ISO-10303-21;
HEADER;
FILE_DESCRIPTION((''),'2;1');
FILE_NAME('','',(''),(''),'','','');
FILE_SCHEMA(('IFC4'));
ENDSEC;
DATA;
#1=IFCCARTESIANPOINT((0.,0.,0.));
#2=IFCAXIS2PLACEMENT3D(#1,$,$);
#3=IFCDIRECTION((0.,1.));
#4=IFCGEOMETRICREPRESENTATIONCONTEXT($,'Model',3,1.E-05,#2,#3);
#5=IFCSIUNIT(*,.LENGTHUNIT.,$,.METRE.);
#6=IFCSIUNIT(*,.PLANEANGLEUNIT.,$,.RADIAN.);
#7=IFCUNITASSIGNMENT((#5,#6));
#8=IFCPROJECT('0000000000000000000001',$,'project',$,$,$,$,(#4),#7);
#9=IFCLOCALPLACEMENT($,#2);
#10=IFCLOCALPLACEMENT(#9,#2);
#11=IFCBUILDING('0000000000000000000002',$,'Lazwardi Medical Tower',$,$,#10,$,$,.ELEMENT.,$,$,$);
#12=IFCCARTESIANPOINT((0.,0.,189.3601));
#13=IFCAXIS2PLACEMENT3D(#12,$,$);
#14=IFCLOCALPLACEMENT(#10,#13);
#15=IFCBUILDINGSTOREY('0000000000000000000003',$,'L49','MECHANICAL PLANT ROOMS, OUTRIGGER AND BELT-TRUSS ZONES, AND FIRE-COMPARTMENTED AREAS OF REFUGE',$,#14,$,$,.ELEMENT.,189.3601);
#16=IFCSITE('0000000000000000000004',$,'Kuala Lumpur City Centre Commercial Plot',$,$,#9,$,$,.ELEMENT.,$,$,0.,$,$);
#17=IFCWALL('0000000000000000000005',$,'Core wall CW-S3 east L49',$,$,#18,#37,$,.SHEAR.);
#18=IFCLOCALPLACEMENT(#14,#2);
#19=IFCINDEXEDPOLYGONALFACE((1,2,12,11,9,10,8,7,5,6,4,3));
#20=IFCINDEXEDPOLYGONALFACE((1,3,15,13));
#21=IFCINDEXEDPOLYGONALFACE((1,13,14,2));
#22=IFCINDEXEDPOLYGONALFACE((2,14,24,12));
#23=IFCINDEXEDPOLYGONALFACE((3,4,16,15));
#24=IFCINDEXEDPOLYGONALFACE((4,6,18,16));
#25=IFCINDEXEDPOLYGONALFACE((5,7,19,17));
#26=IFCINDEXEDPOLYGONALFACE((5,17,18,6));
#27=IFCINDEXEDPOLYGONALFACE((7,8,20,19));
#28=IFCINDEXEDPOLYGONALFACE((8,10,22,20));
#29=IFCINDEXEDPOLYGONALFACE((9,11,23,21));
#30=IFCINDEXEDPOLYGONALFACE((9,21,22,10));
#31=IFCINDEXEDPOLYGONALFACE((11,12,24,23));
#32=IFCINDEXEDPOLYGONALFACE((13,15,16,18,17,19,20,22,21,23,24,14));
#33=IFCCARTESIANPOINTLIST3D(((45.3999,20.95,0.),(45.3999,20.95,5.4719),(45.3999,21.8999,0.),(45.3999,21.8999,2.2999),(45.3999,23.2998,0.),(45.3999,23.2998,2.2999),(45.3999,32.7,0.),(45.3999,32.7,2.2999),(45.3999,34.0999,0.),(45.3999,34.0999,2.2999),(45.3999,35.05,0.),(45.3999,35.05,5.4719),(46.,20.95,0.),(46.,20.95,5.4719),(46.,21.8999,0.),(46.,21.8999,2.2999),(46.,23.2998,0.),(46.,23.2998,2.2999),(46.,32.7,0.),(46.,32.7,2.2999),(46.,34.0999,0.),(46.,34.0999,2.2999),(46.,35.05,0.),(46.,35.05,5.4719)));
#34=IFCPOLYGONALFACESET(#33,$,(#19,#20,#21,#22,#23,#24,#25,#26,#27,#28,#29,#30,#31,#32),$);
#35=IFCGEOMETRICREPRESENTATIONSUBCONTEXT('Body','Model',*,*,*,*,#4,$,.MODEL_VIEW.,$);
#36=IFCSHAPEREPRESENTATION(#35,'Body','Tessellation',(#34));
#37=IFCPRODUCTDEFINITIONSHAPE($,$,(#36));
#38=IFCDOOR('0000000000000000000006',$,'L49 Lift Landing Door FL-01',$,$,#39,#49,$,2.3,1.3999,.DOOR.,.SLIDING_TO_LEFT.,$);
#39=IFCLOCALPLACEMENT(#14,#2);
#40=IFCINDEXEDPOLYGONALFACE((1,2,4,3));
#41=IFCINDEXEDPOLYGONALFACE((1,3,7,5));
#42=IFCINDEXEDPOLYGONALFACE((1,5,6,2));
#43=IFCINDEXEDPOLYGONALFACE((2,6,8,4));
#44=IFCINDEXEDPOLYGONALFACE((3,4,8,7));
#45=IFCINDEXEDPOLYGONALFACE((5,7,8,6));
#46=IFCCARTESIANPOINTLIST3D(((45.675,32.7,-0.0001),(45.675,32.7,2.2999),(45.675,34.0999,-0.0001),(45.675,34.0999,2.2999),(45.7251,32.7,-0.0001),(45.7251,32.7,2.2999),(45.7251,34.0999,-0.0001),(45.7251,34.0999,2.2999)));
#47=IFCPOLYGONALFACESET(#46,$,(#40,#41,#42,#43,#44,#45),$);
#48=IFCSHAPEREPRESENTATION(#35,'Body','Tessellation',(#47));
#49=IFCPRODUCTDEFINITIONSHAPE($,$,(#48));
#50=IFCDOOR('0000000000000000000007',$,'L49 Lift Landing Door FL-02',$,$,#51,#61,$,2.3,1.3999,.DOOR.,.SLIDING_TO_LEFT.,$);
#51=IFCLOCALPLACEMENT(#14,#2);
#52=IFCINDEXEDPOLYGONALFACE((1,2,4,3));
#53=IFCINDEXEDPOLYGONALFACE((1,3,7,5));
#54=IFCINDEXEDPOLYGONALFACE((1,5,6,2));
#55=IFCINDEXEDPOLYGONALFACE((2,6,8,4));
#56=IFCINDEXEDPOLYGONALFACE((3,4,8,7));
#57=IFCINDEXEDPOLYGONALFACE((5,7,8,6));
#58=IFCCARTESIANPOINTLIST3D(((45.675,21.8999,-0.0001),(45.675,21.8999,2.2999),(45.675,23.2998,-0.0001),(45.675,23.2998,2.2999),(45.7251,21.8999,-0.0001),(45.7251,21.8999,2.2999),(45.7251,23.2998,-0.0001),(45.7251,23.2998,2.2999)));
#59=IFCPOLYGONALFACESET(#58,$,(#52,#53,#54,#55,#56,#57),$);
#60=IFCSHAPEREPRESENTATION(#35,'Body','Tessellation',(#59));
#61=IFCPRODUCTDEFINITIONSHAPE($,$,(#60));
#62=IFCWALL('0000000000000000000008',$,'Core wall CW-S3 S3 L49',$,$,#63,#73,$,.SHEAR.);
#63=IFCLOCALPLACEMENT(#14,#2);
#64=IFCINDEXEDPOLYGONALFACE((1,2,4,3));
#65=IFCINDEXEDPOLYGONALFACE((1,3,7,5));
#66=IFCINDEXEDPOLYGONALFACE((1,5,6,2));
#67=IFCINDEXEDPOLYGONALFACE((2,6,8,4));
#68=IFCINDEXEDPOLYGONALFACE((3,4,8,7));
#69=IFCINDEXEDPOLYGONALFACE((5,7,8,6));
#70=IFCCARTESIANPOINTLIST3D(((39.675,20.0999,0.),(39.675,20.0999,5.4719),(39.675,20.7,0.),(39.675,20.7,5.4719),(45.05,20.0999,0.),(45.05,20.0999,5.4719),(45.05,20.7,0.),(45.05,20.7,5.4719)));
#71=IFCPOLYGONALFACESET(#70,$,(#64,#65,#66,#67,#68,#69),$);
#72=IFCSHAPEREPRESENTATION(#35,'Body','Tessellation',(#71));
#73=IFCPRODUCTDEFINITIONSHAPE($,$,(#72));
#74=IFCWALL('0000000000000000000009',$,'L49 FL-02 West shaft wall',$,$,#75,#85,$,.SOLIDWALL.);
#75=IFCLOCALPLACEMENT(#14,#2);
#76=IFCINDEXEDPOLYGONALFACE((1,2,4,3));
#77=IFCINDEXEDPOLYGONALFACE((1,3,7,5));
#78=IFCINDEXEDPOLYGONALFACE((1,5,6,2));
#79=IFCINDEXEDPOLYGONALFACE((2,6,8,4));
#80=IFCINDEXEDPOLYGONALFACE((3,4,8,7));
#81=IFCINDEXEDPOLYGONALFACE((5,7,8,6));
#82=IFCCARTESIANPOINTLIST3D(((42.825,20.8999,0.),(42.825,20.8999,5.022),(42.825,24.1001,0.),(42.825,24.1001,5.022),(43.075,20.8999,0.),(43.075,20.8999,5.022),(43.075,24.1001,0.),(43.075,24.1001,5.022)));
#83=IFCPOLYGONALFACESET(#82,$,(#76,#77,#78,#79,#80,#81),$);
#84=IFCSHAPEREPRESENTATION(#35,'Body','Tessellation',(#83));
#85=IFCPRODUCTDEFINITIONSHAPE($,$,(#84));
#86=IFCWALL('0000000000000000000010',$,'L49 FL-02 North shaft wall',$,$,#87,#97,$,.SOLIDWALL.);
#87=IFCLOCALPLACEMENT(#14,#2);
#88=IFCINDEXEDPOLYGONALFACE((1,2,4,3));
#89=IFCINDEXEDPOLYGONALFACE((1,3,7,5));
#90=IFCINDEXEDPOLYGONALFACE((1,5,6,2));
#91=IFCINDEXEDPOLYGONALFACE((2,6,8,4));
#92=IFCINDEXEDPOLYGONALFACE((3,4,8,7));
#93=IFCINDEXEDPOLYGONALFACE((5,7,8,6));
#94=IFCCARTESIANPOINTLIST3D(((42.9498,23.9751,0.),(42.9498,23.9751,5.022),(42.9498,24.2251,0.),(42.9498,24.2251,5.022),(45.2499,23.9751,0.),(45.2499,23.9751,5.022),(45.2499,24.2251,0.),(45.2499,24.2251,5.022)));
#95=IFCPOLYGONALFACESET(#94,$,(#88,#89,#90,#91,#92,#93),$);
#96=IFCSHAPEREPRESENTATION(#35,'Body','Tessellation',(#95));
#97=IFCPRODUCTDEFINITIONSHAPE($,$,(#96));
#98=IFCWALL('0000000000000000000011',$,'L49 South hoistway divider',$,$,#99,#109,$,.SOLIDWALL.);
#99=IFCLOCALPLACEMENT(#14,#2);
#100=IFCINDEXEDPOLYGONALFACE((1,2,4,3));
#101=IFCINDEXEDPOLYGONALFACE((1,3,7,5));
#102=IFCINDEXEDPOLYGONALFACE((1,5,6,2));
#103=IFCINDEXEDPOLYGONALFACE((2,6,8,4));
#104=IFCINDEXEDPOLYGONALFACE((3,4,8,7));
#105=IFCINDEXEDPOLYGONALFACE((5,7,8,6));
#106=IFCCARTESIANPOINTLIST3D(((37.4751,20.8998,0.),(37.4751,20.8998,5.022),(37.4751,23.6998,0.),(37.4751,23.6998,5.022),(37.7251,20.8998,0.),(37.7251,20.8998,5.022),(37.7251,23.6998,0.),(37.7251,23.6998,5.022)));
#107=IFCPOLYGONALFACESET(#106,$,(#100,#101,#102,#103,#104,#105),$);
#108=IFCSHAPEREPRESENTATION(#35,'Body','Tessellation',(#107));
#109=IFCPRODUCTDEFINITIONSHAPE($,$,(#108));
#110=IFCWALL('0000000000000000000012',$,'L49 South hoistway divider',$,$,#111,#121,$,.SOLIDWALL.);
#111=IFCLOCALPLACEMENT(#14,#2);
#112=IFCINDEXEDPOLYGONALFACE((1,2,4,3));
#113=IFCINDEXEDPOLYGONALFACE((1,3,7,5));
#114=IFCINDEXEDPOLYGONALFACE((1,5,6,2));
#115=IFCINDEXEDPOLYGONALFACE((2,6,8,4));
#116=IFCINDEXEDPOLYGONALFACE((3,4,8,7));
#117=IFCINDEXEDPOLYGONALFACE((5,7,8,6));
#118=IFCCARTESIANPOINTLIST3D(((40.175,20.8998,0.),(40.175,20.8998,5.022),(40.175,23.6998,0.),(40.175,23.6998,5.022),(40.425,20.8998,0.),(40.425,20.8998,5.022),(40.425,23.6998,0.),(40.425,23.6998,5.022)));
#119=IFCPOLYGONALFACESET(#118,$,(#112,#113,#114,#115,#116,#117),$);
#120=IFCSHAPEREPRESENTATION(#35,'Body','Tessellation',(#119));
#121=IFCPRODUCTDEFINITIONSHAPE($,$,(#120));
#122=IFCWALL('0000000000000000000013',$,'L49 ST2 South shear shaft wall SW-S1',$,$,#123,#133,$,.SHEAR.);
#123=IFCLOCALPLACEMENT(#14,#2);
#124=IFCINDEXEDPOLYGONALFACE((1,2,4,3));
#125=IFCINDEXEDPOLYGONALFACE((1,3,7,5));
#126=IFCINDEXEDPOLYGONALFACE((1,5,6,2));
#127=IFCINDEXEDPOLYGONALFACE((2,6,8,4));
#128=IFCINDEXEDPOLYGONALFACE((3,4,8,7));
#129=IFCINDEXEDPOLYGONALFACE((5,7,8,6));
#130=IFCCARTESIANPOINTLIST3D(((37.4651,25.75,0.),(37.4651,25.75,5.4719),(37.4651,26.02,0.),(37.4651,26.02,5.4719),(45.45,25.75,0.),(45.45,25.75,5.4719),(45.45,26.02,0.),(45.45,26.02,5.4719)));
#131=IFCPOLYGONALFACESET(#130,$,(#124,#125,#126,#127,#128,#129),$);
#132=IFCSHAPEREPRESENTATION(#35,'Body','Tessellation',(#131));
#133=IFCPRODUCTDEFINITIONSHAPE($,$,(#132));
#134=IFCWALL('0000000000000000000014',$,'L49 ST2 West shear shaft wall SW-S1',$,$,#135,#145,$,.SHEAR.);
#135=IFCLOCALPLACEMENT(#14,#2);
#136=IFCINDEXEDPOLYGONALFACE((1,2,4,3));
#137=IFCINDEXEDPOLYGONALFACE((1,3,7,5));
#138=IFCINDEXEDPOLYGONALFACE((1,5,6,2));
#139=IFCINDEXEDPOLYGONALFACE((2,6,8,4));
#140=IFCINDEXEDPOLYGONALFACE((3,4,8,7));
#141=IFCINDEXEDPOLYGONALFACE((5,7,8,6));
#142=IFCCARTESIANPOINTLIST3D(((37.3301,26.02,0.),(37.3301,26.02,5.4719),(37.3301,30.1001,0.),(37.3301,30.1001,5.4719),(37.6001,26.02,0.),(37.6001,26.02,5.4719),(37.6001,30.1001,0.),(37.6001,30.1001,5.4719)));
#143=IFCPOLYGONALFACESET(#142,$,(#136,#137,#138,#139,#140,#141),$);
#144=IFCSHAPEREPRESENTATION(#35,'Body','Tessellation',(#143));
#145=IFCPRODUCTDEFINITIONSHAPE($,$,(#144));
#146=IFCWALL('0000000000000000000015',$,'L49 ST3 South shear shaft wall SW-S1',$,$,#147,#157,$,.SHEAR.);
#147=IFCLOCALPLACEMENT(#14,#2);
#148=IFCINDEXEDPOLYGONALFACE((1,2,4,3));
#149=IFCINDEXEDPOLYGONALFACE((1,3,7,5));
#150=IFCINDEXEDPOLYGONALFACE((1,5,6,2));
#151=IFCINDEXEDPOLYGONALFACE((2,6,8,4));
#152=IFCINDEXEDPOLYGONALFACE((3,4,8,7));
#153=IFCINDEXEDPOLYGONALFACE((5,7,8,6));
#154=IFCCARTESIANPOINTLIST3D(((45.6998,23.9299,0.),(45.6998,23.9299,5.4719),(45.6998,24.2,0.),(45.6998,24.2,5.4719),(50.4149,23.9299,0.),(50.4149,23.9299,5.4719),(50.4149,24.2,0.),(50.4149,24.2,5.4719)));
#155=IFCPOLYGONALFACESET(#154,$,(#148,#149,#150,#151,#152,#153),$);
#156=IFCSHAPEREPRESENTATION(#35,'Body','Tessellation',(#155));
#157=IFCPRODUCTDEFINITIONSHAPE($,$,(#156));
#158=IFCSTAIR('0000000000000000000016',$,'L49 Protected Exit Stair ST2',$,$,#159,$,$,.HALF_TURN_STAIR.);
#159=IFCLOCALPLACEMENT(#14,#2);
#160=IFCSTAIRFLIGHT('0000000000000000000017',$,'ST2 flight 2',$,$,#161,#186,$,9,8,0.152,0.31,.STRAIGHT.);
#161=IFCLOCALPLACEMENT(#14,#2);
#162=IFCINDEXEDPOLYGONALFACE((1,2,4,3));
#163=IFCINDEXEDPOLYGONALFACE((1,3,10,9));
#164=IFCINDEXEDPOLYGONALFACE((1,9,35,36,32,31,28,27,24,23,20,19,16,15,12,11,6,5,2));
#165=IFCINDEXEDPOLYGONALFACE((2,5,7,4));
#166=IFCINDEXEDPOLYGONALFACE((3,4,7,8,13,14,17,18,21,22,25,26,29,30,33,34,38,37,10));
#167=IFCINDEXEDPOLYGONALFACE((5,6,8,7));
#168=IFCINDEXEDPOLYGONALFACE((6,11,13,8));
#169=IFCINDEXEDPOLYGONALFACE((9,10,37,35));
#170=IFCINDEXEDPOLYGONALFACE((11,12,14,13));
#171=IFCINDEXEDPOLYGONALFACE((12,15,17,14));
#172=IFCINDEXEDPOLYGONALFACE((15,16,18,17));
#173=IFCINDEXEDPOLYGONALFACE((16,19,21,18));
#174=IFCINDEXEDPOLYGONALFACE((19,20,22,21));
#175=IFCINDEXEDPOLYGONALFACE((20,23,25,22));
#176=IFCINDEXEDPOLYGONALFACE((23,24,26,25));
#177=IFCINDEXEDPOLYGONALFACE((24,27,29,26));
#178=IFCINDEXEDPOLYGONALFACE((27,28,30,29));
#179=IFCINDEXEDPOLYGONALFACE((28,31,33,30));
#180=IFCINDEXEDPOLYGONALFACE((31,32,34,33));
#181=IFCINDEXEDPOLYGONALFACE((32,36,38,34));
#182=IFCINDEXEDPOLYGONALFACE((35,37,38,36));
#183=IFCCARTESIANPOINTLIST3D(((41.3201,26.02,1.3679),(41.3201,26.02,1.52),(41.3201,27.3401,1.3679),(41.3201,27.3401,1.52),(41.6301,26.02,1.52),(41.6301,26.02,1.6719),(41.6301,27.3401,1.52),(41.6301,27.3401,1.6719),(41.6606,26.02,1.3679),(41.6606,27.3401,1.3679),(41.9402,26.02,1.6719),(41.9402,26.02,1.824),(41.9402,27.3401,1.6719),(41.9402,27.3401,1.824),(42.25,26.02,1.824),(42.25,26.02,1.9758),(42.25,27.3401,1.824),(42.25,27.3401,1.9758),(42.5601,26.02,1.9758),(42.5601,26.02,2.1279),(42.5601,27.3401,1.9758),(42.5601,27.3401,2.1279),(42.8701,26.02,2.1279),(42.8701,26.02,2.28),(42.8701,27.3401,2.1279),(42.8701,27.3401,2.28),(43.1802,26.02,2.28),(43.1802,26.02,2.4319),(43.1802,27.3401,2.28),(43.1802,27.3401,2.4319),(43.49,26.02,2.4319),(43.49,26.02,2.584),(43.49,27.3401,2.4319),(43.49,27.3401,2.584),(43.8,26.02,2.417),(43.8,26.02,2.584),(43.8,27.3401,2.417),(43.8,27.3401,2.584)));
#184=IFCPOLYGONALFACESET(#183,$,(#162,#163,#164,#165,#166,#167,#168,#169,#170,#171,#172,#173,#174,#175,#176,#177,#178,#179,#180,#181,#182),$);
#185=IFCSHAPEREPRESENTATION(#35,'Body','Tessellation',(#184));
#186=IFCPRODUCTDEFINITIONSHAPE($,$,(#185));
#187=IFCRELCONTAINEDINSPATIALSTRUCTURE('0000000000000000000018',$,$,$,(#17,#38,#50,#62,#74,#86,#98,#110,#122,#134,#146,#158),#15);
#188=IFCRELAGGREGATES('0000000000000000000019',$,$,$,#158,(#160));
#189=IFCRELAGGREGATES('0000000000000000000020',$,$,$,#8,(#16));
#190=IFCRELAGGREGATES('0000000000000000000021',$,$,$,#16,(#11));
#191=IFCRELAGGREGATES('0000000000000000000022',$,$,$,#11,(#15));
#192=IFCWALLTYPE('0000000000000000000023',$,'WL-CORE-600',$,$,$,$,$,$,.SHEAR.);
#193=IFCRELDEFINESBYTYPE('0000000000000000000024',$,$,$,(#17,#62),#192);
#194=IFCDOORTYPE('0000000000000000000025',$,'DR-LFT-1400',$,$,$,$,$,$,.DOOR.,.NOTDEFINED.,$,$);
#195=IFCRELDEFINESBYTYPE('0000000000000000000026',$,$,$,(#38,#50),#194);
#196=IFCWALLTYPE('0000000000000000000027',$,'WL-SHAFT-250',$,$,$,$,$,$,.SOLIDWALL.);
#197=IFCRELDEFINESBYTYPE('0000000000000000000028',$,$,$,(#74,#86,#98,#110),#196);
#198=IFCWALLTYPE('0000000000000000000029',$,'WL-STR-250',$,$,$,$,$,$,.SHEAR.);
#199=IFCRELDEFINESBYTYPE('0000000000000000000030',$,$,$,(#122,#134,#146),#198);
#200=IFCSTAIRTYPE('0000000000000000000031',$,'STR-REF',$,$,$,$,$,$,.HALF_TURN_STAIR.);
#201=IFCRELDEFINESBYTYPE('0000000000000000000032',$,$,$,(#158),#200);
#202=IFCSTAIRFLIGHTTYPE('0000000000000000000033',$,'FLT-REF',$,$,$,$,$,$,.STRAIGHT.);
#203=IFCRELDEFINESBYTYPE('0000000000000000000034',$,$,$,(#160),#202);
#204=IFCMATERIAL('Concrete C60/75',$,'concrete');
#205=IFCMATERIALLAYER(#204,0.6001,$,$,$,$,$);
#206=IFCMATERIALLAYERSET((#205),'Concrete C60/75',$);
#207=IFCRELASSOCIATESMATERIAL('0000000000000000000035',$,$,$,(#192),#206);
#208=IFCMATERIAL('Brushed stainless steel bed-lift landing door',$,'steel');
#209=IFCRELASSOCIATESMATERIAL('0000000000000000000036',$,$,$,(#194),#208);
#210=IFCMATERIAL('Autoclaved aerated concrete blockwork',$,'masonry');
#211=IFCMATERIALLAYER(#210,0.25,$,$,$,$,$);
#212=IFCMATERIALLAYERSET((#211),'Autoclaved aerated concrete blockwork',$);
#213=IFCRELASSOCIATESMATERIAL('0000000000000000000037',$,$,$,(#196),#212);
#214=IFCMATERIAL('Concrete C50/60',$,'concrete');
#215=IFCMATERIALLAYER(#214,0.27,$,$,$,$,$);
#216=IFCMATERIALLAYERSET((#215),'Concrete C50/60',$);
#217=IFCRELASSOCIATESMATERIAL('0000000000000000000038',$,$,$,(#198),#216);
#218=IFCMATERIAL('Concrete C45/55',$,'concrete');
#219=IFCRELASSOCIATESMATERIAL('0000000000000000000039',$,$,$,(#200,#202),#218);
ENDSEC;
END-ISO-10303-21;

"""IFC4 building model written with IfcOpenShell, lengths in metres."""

from ifc_helpers import new_model, si_unit, direction, frame, frame_2d, origin, place, context, subcontext, project, spatial, polyline, rectangle, outline, extrude, material, layer, layer_set, type_object, element, fill, aggregate, save


model = new_model("IFC4")

# Units and contexts
model_context = context("Model", 3, precision=1e-05, world=origin(), true_north=direction((0.0, 1.0)))
body_context = subcontext(model_context, "Body", "Model", "MODEL_VIEW")
ifc_project = project(units=[si_unit("LENGTHUNIT", "METRE"), si_unit("PLANEANGLEUNIT", "RADIAN")], contexts=[model_context])

# Site, building, storey
site_placement = place(None, origin())
site = spatial("IfcSite", under=ifc_project, at=site_placement, Name="Kuala Lumpur City Centre Commercial Plot", CompositionType="ELEMENT", RefElevation=0.0)
building_placement = place(site_placement, origin())
building = spatial("IfcBuilding", under=site, at=building_placement, Name="Lazwardi Medical Tower", CompositionType="ELEMENT")
storey_placement = place(building_placement, frame((0.0, 0.0, 189.3601)))
storey = spatial("IfcBuildingStorey", under=building, at=storey_placement, Name="L49", Description="MECHANICAL PLANT ROOMS, OUTRIGGER AND BELT-TRUSS ZONES, AND FIRE-COMPARTMENTED AREAS OF REFUGE", CompositionType="ELEMENT", Elevation=189.3601)

# Wall, openings, doors
ifc_material_1 = material(Name="Concrete C60/75", Category="concrete")
ifc_layer_1 = layer(ifc_material_1, 0.6001)
ifc_layer_set_1 = layer_set([ifc_layer_1], Name="Concrete C60/75")
wall_type_1 = type_object("IfcWallType", Name="WL-CORE-600", PredefinedType="SHEAR", material=ifc_layer_set_1)
wall_1_placement = place(storey_placement, frame((45.7, 20.95, 0.0), z_axis=(0.0, 0.0, 1.0), x_axis=(0.0, 1.0, 0.0)))
wall_1 = element("IfcWall", 1, at=wall_1_placement, inside=storey, type_object=wall_type_1, Name="Core wall CW-S3 east L49", PredefinedType="SHEAR", context=body_context, shape_type="SweptSolid", body=[
    extrude(rectangle(XDim=14.1001, YDim=0.6001, at=frame_2d((7.05, 0.0))), origin(), (0.0, 0.0, 1.0), 5.4719),
])
opening_1_placement = place(wall_1_placement, frame((11.75, 0.0, 0.0)))
opening_1 = element("IfcOpeningElement", 2, at=opening_1_placement, cuts=wall_1, PredefinedType="OPENING", context=body_context, shape_type="SweptSolid", body=[
    extrude(rectangle(XDim=1.3999, YDim=2.3, at=frame_2d((0.7, 1.1499))), frame((0.0, 0.3101, 0.0), z_axis=(0.0, -1.0, 0.0), x_axis=(1.0, 0.0, 0.0)), (0.0, 0.0, 1.0), 0.6201),
])
opening_2_placement = place(wall_1_placement, frame((0.95, 0.0, 0.0)))
opening_2 = element("IfcOpeningElement", 3, at=opening_2_placement, cuts=wall_1, PredefinedType="OPENING", context=body_context, shape_type="SweptSolid", body=[
    extrude(rectangle(XDim=1.3999, YDim=2.3, at=frame_2d((0.7, 1.1499))), frame((0.0, 0.3101, 0.0), z_axis=(0.0, -1.0, 0.0), x_axis=(1.0, 0.0, 0.0)), (0.0, 0.0, 1.0), 0.6201),
])
ifc_material_2 = material(Name="Brushed stainless steel bed-lift landing door", Category="steel")
door_type = type_object("IfcDoorType", Name="DR-LFT-1400", OperationType="NOTDEFINED", PredefinedType="DOOR", material=ifc_material_2)
door_1_placement = place(opening_1_placement, origin())
door_1 = element("IfcDoor", 4, at=door_1_placement, inside=storey, type_object=door_type, Name="L49 Lift Landing Door FL-01", OperationType="SLIDING_TO_LEFT", OverallHeight=2.3, OverallWidth=1.3999, PredefinedType="DOOR", context=body_context, shape_type="SweptSolid", body=[
    extrude(rectangle(XDim=1.3999, YDim=2.3, at=frame_2d((0.7, 1.1499))), frame((0.0, 0.0249, 0.0), z_axis=(0.0, -1.0, 0.0), x_axis=(1.0, 0.0, 0.0)), (0.0, 0.0, 1.0), 0.05),
])
fill(opening_1, door_1)
door_2_placement = place(opening_2_placement, origin())
door_2 = element("IfcDoor", 5, at=door_2_placement, inside=storey, type_object=door_type, Name="L49 Lift Landing Door FL-02", OperationType="SLIDING_TO_LEFT", OverallHeight=2.3, OverallWidth=1.3999, PredefinedType="DOOR", context=body_context, shape_type="SweptSolid", body=[
    extrude(rectangle(XDim=1.3999, YDim=2.3, at=frame_2d((0.7, 1.1499))), frame((0.0, 0.0249, 0.0), z_axis=(0.0, -1.0, 0.0), x_axis=(1.0, 0.0, 0.0)), (0.0, 0.0, 1.0), 0.05),
])
fill(opening_2, door_2)

# Walls
wall_2_placement = place(storey_placement, frame((39.675, 20.3999, 0.0), z_axis=(0.0, 0.0, 1.0), x_axis=(1.0, 0.0, 0.0)))
element("IfcWall", 6, at=wall_2_placement, inside=storey, type_object=wall_type_1, Name="Core wall CW-S3 S3 L49", PredefinedType="SHEAR", context=body_context, shape_type="SweptSolid", body=[
    extrude(rectangle(XDim=5.375, YDim=0.6001, at=frame_2d((2.6875, 0.0))), origin(), (0.0, 0.0, 1.0), 5.4719),
])
ifc_material_3 = material(Name="Autoclaved aerated concrete blockwork", Category="masonry")
ifc_layer_2 = layer(ifc_material_3, 0.25)
ifc_layer_set_2 = layer_set([ifc_layer_2], Name="Autoclaved aerated concrete blockwork")
wall_type_2 = type_object("IfcWallType", Name="WL-SHAFT-250", PredefinedType="SOLIDWALL", material=ifc_layer_set_2)
wall_3_placement = place(storey_placement, frame((42.95, 20.8999, 0.0), z_axis=(0.0, 0.0, 1.0), x_axis=(0.0, 1.0, 0.0)))
element("IfcWall", 7, at=wall_3_placement, inside=storey, type_object=wall_type_2, Name="L49 FL-02 West shaft wall", PredefinedType="SOLIDWALL", context=body_context, shape_type="SweptSolid", body=[
    extrude(rectangle(XDim=3.2002, YDim=0.25, at=frame_2d((1.6001, 0.0))), origin(), (0.0, 0.0, 1.0), 5.022),
])
wall_4_placement = place(storey_placement, frame((42.95, 24.1001, 0.0), z_axis=(0.0, 0.0, 1.0), x_axis=(1.0, 0.0, 0.0)))
element("IfcWall", 8, at=wall_4_placement, inside=storey, type_object=wall_type_2, Name="L49 FL-02 North shaft wall", PredefinedType="SOLIDWALL", context=body_context, shape_type="SweptSolid", body=[
    extrude(rectangle(XDim=2.3, YDim=0.25, at=frame_2d((1.1499, 0.0))), origin(), (0.0, 0.0, 1.0), 5.022),
])
for number, where, z_axis, x_axis, name in (
    (9, (37.6001, 20.8999, 0.0), (0.0, 0.0, 1.0), (0.0, 1.0, 0.0), "L49 South hoistway divider"),
    (10, (40.3, 20.8999, 0.0), (0.0, 0.0, 1.0), (0.0, 1.0, 0.0), "L49 South hoistway divider"),
):
    element("IfcWall", number, at=place(storey_placement, frame(where, z_axis=z_axis, x_axis=x_axis)), inside=storey, type_object=wall_type_2, Name=name, PredefinedType="SOLIDWALL", context=body_context, shape_type="SweptSolid", body=[
        extrude(rectangle(XDim=2.8, YDim=0.25, at=frame_2d((1.3999, 0.0))), origin(), (0.0, 0.0, 1.0), 5.022),
    ])
ifc_material_4 = material(Name="Concrete C50/60", Category="concrete")
ifc_layer_3 = layer(ifc_material_4, 0.27)
ifc_layer_set_3 = layer_set([ifc_layer_3], Name="Concrete C50/60")
wall_type_3 = type_object("IfcWallType", Name="WL-STR-250", PredefinedType="SHEAR", material=ifc_layer_set_3)
wall_5_placement = place(storey_placement, frame((37.4651, 25.885, 0.0), z_axis=(0.0, 0.0, 1.0), x_axis=(1.0, 0.0, 0.0)))
element("IfcWall", 11, at=wall_5_placement, inside=storey, type_object=wall_type_3, Name="L49 ST2 South shear shaft wall SW-S1", PredefinedType="SHEAR", context=body_context, shape_type="SweptSolid", body=[
    extrude(rectangle(XDim=7.9849, YDim=0.27, at=frame_2d((3.9924, 0.0))), origin(), (0.0, 0.0, 1.0), 5.4719),
])
wall_6_placement = place(storey_placement, frame((37.4651, 26.02, 0.0), z_axis=(0.0, 0.0, 1.0), x_axis=(0.0, 1.0, 0.0)))
element("IfcWall", 12, at=wall_6_placement, inside=storey, type_object=wall_type_3, Name="L49 ST2 West shear shaft wall SW-S1", PredefinedType="SHEAR", context=body_context, shape_type="SweptSolid", body=[
    extrude(rectangle(XDim=4.0801, YDim=0.27, at=frame_2d((2.04, 0.0))), origin(), (0.0, 0.0, 1.0), 5.4719),
])
wall_7_placement = place(storey_placement, frame((45.7, 24.0649, 0.0), z_axis=(0.0, 0.0, 1.0), x_axis=(1.0, 0.0, 0.0)))
element("IfcWall", 13, at=wall_7_placement, inside=storey, type_object=wall_type_3, Name="L49 ST3 South shear shaft wall SW-S1", PredefinedType="SHEAR", context=body_context, shape_type="SweptSolid", body=[
    extrude(rectangle(XDim=4.7151, YDim=0.27, at=frame_2d((2.3574, 0.0))), origin(), (0.0, 0.0, 1.0), 5.4719),
])

# Stair, stair flight
ifc_material_5 = material(Name="Concrete C45/55", Category="concrete")
stair_type = type_object("IfcStairType", Name="STR-REF", PredefinedType="HALF_TURN_STAIR", material=ifc_material_5)
stair_placement = place(storey_placement, origin())
stair = element("IfcStair", 14, at=stair_placement, inside=storey, type_object=stair_type, Name="L49 Protected Exit Stair ST2", PredefinedType="HALF_TURN_STAIR")
stair_flight_type = type_object("IfcStairFlightType", Name="FLT-REF", PredefinedType="STRAIGHT", material=ifc_material_5)
stair_flight_1_placement = place(storey_placement, frame((41.3201, 26.6799, 1.3679), z_axis=(0.0, 0.0, 1.0), x_axis=(1.0, 0.0, 0.0)))
stair_flight_1 = element("IfcStairFlight", 15, at=stair_flight_1_placement, type_object=stair_flight_type, Name="ST2 flight 2", NumberOfRisers=9, NumberOfTreads=8, PredefinedType="STRAIGHT", RiserHeight=0.152, TreadLength=0.31, context=body_context, shape_type="SweptSolid", body=[
    extrude(outline(polyline([(0.0, 0.0), (0.0, 0.1521), (0.3101, 0.1521), (0.3101, 0.304), (0.6201, 0.304), (0.6201, 0.4561), (0.9299, 0.4561), (0.9299, 0.6079), (1.24, 0.6079), (1.24, 0.76), (1.55, 0.76), (1.55, 0.9121), (1.8601, 0.9121), (1.8601, 1.064), (2.1699, 1.064), (2.1699, 1.2161), (2.48, 1.2161), (2.48, 1.3679), (2.48, 1.0491), (0.3406, 0.0), (0.0, 0.0)])), frame((0.0, 0.6602, 0.0), z_axis=(0.0, -1.0, 0.0), x_axis=(1.0, 0.0, 0.0)), (0.0, 0.0, 1.0), 1.3201),
])
aggregate(stair, [stair_flight_1])

save(model, "model.ifc")
